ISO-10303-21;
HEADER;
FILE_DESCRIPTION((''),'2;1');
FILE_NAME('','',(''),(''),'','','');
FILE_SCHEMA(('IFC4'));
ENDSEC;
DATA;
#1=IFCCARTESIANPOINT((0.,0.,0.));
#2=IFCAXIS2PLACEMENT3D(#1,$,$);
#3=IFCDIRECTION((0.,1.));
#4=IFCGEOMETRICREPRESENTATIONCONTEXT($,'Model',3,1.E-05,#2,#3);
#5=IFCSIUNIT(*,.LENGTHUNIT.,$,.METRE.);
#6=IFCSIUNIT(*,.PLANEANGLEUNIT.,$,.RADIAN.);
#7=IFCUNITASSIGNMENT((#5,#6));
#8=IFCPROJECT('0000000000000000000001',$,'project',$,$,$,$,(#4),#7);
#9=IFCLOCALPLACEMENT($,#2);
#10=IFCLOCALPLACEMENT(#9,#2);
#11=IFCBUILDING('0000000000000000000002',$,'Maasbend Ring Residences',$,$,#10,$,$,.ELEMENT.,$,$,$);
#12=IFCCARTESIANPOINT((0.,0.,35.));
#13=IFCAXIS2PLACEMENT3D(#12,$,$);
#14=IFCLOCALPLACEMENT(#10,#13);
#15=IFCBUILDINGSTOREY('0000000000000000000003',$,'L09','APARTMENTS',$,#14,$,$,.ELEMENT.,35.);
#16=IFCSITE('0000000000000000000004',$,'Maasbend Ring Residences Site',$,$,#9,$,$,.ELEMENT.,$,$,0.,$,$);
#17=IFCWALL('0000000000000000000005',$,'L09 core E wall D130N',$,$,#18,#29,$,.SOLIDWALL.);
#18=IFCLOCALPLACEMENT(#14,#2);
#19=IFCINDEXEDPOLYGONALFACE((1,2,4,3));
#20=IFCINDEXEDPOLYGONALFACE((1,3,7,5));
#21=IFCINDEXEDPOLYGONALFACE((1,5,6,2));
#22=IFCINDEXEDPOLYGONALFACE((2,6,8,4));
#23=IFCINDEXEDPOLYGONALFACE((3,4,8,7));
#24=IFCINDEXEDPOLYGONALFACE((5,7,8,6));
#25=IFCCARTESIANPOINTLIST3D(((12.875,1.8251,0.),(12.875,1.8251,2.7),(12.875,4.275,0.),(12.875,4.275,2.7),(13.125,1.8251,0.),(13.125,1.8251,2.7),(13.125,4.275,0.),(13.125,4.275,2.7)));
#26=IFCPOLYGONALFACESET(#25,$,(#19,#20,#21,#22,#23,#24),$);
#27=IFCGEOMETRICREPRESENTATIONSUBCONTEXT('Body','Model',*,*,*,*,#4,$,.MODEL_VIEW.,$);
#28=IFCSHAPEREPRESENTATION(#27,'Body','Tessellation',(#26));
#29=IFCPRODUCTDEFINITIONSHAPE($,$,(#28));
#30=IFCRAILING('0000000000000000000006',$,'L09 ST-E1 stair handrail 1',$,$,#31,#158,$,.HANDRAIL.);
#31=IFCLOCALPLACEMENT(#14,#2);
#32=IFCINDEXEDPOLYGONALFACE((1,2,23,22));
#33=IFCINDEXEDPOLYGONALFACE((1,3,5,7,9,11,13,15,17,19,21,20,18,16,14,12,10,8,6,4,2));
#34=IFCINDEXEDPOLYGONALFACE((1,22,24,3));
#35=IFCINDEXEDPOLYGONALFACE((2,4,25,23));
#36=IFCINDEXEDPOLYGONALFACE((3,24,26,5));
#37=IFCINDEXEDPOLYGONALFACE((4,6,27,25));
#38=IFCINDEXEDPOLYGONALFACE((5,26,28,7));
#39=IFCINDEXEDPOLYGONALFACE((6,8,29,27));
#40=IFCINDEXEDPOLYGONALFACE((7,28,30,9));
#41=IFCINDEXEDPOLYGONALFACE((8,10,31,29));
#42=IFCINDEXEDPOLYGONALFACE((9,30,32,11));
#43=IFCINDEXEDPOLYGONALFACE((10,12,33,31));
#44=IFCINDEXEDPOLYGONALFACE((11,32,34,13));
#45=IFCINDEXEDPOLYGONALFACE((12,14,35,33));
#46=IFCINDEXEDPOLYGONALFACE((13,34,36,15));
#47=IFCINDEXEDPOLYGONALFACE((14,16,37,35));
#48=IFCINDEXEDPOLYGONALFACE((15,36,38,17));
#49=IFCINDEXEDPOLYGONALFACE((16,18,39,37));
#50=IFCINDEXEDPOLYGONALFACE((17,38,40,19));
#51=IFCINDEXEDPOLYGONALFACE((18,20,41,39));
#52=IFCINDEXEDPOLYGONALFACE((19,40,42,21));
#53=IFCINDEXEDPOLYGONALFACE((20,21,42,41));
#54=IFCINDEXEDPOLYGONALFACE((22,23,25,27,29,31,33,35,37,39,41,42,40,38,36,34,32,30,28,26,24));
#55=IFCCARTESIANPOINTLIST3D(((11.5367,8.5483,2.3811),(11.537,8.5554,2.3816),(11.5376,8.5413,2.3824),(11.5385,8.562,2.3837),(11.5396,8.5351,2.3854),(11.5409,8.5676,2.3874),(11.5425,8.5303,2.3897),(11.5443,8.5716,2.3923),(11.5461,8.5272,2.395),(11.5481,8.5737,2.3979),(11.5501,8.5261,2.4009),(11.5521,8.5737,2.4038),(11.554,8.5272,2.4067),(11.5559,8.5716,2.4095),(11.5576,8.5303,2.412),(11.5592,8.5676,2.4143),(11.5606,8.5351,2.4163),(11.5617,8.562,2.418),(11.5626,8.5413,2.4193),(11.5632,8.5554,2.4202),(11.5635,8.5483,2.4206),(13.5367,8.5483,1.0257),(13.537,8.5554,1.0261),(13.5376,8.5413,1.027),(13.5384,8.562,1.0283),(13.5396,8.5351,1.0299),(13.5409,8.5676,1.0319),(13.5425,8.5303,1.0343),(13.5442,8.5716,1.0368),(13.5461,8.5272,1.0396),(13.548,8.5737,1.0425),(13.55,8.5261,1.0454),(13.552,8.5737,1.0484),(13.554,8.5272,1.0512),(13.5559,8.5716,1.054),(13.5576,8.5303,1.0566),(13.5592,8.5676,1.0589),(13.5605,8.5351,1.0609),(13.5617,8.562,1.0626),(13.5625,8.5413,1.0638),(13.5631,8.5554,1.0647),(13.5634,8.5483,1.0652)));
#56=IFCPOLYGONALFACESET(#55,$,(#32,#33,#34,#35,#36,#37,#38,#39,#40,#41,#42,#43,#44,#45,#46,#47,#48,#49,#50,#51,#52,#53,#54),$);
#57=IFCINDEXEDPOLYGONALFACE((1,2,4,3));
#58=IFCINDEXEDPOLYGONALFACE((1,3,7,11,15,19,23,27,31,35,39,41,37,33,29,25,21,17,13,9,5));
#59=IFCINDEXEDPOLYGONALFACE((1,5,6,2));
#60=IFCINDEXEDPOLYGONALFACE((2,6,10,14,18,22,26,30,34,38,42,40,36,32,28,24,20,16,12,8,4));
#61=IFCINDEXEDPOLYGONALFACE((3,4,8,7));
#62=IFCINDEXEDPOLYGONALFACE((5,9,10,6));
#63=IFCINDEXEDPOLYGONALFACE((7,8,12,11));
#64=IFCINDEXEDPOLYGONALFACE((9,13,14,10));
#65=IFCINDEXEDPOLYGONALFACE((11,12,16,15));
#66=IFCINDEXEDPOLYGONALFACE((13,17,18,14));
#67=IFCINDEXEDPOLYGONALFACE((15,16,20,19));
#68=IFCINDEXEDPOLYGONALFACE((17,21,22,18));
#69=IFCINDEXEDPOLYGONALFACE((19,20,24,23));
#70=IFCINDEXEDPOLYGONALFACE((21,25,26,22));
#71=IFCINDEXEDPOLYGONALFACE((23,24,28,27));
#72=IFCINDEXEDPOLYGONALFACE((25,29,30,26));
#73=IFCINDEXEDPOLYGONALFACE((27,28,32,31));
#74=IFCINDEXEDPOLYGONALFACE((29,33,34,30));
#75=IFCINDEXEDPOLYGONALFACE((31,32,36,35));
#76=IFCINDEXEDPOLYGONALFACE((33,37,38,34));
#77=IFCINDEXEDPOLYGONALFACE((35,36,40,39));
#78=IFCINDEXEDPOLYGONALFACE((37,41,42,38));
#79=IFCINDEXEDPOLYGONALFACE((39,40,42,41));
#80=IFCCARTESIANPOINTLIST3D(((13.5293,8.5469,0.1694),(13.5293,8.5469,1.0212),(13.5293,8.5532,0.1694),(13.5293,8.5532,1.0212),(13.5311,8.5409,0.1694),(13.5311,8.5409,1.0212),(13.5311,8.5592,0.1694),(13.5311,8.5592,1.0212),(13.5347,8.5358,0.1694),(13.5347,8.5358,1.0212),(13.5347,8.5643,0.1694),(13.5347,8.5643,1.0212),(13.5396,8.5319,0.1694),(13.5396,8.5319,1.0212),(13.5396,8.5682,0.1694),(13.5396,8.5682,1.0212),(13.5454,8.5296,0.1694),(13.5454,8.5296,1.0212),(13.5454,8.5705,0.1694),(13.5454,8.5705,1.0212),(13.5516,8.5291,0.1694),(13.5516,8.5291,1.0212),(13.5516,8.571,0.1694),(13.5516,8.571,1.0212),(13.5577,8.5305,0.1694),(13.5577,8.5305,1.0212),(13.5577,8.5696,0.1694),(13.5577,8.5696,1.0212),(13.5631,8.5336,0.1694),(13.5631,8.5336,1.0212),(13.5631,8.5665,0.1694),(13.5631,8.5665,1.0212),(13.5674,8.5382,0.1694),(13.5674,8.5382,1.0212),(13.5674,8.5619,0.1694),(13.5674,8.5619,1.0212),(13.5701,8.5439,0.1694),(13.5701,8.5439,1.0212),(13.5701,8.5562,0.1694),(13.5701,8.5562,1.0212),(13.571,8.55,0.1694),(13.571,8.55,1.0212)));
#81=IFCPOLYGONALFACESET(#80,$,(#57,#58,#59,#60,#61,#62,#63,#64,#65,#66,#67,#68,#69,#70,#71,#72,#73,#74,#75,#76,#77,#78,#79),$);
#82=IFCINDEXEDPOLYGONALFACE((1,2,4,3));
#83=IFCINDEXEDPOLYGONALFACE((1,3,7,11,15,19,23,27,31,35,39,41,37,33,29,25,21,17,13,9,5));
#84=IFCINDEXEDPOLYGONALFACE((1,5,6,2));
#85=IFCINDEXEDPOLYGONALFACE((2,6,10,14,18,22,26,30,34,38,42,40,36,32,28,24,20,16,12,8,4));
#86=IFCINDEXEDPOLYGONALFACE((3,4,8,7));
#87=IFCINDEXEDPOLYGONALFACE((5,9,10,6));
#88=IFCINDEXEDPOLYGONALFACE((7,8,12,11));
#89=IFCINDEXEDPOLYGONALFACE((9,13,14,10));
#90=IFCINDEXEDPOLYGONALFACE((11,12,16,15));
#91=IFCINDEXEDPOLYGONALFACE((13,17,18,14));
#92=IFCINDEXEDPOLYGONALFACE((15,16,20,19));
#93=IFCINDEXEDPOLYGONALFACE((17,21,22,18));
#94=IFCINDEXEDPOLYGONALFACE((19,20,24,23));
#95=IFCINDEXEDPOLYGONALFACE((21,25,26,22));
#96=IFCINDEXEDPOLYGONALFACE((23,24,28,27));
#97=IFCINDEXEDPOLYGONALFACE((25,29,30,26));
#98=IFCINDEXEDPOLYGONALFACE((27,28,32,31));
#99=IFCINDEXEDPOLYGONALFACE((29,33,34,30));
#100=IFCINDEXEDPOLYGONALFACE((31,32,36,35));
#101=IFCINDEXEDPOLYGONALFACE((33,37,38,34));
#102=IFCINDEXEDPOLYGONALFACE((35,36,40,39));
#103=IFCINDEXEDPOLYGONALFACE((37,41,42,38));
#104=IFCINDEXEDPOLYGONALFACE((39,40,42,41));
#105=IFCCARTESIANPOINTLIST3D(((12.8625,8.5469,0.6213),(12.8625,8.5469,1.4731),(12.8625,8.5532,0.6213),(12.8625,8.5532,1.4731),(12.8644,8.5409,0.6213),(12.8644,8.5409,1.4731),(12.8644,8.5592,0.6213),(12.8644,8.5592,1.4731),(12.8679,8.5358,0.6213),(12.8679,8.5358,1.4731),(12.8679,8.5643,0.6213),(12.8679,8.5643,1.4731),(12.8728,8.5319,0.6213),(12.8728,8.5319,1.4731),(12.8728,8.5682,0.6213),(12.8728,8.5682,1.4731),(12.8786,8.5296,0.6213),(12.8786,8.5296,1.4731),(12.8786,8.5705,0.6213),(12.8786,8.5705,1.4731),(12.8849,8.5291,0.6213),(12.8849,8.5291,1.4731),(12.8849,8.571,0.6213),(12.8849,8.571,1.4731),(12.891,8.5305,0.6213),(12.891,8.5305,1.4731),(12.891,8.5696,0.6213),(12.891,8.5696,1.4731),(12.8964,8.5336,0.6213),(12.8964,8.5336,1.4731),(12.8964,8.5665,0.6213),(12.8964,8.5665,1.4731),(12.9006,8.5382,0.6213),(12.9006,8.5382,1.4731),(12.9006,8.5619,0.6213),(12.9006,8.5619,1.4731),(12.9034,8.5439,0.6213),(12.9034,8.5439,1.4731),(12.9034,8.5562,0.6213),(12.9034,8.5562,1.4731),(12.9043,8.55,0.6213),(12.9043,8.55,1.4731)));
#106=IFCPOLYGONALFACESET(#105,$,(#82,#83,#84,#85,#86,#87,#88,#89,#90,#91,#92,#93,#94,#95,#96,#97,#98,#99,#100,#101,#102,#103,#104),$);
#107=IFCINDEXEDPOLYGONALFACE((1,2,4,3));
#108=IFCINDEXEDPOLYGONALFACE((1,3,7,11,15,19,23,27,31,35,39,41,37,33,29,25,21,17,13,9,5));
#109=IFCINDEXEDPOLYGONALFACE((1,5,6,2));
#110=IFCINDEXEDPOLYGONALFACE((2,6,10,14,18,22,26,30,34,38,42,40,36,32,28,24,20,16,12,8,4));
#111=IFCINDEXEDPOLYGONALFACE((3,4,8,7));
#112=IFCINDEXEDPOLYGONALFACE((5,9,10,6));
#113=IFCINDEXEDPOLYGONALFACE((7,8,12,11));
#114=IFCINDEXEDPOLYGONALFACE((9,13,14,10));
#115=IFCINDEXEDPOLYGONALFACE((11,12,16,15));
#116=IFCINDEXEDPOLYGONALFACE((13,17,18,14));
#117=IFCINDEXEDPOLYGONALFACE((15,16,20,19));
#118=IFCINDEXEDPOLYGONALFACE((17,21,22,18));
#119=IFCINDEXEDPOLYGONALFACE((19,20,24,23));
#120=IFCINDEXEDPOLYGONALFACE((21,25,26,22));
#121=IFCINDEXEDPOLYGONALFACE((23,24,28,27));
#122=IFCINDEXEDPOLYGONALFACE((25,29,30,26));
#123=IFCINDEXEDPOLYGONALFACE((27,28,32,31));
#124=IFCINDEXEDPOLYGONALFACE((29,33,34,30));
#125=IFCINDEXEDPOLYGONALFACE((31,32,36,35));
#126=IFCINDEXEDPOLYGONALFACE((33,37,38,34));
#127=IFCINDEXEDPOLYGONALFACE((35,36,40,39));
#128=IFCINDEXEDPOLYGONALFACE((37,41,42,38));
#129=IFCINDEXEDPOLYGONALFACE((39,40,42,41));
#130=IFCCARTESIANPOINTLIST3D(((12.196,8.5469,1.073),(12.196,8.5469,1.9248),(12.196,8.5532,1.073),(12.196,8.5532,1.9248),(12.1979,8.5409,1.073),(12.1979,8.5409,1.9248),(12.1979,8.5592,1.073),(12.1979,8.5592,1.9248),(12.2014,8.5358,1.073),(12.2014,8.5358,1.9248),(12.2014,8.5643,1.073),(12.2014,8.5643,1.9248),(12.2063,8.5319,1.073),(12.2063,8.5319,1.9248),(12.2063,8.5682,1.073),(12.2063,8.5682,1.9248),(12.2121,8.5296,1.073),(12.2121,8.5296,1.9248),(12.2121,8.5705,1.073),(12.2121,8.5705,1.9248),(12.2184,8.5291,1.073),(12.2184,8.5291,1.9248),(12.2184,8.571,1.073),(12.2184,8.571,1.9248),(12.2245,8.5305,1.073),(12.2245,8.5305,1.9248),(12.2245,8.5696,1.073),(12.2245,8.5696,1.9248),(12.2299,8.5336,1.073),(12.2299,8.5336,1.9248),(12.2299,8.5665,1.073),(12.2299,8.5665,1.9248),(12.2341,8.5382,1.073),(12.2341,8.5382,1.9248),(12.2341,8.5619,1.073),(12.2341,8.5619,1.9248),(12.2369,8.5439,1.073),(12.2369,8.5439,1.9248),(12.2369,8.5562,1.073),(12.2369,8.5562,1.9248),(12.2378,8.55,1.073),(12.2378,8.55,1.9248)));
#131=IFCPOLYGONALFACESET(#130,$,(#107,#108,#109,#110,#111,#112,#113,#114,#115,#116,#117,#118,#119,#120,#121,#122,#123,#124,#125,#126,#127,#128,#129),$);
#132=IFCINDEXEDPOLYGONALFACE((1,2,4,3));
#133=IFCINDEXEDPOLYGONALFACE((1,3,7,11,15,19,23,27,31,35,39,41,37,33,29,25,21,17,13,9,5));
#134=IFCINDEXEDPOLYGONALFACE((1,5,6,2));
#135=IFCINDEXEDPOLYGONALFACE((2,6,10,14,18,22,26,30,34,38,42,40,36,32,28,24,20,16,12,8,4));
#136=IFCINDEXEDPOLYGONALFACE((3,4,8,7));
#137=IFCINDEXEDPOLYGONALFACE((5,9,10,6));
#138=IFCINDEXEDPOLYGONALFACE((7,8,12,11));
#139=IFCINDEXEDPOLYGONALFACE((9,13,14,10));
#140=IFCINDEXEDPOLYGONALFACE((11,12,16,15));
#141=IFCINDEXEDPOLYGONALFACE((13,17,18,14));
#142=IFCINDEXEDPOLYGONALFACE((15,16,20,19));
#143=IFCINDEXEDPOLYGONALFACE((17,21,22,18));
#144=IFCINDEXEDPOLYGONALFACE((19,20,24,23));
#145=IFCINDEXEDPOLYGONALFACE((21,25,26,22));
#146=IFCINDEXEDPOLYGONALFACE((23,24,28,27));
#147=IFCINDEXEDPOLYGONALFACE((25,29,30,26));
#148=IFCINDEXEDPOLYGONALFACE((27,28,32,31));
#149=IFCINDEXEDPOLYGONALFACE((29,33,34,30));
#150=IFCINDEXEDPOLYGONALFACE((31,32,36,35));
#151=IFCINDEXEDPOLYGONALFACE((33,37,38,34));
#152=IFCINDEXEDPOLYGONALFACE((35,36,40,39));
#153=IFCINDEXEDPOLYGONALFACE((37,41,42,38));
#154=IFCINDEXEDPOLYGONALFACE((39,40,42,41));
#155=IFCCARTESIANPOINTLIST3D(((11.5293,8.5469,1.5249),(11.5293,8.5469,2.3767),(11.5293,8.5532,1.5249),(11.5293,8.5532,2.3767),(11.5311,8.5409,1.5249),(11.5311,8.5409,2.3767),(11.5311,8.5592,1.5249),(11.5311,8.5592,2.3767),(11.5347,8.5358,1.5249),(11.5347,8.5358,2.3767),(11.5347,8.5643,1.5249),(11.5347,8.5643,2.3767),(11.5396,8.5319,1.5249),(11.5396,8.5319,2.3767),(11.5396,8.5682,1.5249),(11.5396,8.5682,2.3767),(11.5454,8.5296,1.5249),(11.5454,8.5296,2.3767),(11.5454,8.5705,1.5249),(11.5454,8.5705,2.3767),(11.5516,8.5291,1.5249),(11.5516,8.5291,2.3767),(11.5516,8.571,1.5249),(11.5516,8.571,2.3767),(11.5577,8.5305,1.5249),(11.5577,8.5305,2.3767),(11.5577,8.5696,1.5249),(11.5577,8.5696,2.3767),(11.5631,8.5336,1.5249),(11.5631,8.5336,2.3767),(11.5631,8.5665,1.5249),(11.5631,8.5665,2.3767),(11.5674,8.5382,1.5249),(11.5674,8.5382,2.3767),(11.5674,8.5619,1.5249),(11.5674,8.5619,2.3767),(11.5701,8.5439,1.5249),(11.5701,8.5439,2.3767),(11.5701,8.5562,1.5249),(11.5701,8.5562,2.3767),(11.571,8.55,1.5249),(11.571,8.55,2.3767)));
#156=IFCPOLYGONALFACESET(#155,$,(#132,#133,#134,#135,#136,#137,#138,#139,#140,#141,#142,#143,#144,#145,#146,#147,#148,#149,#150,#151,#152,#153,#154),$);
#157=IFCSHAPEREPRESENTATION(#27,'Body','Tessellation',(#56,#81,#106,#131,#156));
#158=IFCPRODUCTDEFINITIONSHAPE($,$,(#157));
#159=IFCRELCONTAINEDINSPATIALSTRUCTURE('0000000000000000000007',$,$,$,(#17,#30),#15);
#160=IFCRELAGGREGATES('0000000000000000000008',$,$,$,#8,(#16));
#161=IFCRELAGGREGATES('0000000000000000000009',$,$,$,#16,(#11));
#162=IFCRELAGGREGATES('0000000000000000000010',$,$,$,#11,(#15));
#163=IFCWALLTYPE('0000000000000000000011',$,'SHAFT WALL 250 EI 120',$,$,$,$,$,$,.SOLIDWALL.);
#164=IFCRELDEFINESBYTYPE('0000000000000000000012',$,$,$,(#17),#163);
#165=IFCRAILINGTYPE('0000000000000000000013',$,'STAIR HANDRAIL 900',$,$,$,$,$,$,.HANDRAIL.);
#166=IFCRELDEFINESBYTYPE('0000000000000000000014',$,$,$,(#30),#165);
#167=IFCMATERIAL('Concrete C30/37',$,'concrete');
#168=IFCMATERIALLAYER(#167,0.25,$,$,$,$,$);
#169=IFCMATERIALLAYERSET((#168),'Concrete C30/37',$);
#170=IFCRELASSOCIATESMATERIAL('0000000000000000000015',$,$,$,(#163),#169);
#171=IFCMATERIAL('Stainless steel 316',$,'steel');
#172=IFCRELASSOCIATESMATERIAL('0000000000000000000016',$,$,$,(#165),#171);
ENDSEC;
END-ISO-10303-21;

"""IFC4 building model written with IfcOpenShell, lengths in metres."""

from ifc_helpers import new_model, si_unit, direction, frame, frame_2d, origin, origin_2d, place, context, subcontext, project, spatial, rectangle, circle, extrude, material, layer, layer_set, type_object, element, save


model = new_model("IFC4")

# Units and contexts
model_context = context("Model", 3, precision=1e-05, world=origin(), true_north=direction((0.0, 1.0)))
body_context = subcontext(model_context, "Body", "Model", "MODEL_VIEW")
ifc_project = project(units=[si_unit("LENGTHUNIT", "METRE"), si_unit("PLANEANGLEUNIT", "RADIAN")], contexts=[model_context])

# Site, building, storey
site_placement = place(None, origin())
site = spatial("IfcSite", under=ifc_project, at=site_placement, Name="Maasbend Ring Residences Site", CompositionType="ELEMENT", RefElevation=0.0)
building_placement = place(site_placement, origin())
building = spatial("IfcBuilding", under=site, at=building_placement, Name="Maasbend Ring Residences", CompositionType="ELEMENT")
storey_placement = place(building_placement, frame((0.0, 0.0, 35.0)))
storey = spatial("IfcBuildingStorey", under=building, at=storey_placement, Name="L09", Description="APARTMENTS", CompositionType="ELEMENT", Elevation=35.0)

# Wall
ifc_material_1 = material(Name="Concrete C30/37", Category="concrete")
ifc_layer_1 = layer(ifc_material_1, 0.25)
ifc_layer_set_1 = layer_set([ifc_layer_1], Name="Concrete C30/37")
wall_type_1 = type_object("IfcWallType", Name="SHAFT WALL 250 EI 120", PredefinedType="SOLIDWALL", material=ifc_layer_set_1)
for number, where, z_axis, x_axis, name in (
    (1, (13.0, 1.825, 0.0), (0.0, 0.0, 1.0), (0.0, 1.0, 0.0), "L09 core E wall D130N"),
):
    element("IfcWall", number, at=place(storey_placement, frame(where, z_axis=z_axis, x_axis=x_axis)), inside=storey, type_object=wall_type_1, Name=name, PredefinedType="SOLIDWALL", context=body_context, shape_type="SweptSolid", body=[
        extrude(rectangle(XDim=2.45, YDim=0.25, at=frame_2d((1.2251, 0.0))), origin(), (0.0, 0.0, 1.0), 2.7),
    ])

# Railing
ifc_material_2 = material(Name="Stainless steel 316", Category="steel")
railing_type_1 = type_object("IfcRailingType", Name="STAIR HANDRAIL 900", PredefinedType="HANDRAIL", material=ifc_material_2)
railing_1_placement = place(storey_placement, frame((13.55, 8.55, 0.1694)))
element("IfcRailing", 2, at=railing_1_placement, inside=storey, type_object=railing_type_1, Name="L09 ST-E1 stair handrail 1", PredefinedType="HANDRAIL", context=body_context, shape_type="SweptSolid", body=[
    extrude(circle(Radius=0.0239, at=origin_2d()), frame((0.0, 0.0, 0.876), z_axis=(-0.827798, 0.0, 0.561027), x_axis=(0.0, -1.0, 0.0)), (0.0, 0.0, 1.0), 2.416),
    extrude(circle(Radius=0.021, at=origin_2d()), origin(), (0.0, 0.0, 1.0), 0.8518),
    extrude(circle(Radius=0.021, at=origin_2d()), frame((-0.6667, 0.0, 0.4519)), (0.0, 0.0, 1.0), 0.8518),
    extrude(circle(Radius=0.021, at=origin_2d()), frame((-1.3333, 0.0, 0.9036)), (0.0, 0.0, 1.0), 0.8518),
    extrude(circle(Radius=0.021, at=origin_2d()), frame((-2.0, 0.0, 1.3555)), (0.0, 0.0, 1.0), 0.8518),
])

save(model, "model.ifc")
